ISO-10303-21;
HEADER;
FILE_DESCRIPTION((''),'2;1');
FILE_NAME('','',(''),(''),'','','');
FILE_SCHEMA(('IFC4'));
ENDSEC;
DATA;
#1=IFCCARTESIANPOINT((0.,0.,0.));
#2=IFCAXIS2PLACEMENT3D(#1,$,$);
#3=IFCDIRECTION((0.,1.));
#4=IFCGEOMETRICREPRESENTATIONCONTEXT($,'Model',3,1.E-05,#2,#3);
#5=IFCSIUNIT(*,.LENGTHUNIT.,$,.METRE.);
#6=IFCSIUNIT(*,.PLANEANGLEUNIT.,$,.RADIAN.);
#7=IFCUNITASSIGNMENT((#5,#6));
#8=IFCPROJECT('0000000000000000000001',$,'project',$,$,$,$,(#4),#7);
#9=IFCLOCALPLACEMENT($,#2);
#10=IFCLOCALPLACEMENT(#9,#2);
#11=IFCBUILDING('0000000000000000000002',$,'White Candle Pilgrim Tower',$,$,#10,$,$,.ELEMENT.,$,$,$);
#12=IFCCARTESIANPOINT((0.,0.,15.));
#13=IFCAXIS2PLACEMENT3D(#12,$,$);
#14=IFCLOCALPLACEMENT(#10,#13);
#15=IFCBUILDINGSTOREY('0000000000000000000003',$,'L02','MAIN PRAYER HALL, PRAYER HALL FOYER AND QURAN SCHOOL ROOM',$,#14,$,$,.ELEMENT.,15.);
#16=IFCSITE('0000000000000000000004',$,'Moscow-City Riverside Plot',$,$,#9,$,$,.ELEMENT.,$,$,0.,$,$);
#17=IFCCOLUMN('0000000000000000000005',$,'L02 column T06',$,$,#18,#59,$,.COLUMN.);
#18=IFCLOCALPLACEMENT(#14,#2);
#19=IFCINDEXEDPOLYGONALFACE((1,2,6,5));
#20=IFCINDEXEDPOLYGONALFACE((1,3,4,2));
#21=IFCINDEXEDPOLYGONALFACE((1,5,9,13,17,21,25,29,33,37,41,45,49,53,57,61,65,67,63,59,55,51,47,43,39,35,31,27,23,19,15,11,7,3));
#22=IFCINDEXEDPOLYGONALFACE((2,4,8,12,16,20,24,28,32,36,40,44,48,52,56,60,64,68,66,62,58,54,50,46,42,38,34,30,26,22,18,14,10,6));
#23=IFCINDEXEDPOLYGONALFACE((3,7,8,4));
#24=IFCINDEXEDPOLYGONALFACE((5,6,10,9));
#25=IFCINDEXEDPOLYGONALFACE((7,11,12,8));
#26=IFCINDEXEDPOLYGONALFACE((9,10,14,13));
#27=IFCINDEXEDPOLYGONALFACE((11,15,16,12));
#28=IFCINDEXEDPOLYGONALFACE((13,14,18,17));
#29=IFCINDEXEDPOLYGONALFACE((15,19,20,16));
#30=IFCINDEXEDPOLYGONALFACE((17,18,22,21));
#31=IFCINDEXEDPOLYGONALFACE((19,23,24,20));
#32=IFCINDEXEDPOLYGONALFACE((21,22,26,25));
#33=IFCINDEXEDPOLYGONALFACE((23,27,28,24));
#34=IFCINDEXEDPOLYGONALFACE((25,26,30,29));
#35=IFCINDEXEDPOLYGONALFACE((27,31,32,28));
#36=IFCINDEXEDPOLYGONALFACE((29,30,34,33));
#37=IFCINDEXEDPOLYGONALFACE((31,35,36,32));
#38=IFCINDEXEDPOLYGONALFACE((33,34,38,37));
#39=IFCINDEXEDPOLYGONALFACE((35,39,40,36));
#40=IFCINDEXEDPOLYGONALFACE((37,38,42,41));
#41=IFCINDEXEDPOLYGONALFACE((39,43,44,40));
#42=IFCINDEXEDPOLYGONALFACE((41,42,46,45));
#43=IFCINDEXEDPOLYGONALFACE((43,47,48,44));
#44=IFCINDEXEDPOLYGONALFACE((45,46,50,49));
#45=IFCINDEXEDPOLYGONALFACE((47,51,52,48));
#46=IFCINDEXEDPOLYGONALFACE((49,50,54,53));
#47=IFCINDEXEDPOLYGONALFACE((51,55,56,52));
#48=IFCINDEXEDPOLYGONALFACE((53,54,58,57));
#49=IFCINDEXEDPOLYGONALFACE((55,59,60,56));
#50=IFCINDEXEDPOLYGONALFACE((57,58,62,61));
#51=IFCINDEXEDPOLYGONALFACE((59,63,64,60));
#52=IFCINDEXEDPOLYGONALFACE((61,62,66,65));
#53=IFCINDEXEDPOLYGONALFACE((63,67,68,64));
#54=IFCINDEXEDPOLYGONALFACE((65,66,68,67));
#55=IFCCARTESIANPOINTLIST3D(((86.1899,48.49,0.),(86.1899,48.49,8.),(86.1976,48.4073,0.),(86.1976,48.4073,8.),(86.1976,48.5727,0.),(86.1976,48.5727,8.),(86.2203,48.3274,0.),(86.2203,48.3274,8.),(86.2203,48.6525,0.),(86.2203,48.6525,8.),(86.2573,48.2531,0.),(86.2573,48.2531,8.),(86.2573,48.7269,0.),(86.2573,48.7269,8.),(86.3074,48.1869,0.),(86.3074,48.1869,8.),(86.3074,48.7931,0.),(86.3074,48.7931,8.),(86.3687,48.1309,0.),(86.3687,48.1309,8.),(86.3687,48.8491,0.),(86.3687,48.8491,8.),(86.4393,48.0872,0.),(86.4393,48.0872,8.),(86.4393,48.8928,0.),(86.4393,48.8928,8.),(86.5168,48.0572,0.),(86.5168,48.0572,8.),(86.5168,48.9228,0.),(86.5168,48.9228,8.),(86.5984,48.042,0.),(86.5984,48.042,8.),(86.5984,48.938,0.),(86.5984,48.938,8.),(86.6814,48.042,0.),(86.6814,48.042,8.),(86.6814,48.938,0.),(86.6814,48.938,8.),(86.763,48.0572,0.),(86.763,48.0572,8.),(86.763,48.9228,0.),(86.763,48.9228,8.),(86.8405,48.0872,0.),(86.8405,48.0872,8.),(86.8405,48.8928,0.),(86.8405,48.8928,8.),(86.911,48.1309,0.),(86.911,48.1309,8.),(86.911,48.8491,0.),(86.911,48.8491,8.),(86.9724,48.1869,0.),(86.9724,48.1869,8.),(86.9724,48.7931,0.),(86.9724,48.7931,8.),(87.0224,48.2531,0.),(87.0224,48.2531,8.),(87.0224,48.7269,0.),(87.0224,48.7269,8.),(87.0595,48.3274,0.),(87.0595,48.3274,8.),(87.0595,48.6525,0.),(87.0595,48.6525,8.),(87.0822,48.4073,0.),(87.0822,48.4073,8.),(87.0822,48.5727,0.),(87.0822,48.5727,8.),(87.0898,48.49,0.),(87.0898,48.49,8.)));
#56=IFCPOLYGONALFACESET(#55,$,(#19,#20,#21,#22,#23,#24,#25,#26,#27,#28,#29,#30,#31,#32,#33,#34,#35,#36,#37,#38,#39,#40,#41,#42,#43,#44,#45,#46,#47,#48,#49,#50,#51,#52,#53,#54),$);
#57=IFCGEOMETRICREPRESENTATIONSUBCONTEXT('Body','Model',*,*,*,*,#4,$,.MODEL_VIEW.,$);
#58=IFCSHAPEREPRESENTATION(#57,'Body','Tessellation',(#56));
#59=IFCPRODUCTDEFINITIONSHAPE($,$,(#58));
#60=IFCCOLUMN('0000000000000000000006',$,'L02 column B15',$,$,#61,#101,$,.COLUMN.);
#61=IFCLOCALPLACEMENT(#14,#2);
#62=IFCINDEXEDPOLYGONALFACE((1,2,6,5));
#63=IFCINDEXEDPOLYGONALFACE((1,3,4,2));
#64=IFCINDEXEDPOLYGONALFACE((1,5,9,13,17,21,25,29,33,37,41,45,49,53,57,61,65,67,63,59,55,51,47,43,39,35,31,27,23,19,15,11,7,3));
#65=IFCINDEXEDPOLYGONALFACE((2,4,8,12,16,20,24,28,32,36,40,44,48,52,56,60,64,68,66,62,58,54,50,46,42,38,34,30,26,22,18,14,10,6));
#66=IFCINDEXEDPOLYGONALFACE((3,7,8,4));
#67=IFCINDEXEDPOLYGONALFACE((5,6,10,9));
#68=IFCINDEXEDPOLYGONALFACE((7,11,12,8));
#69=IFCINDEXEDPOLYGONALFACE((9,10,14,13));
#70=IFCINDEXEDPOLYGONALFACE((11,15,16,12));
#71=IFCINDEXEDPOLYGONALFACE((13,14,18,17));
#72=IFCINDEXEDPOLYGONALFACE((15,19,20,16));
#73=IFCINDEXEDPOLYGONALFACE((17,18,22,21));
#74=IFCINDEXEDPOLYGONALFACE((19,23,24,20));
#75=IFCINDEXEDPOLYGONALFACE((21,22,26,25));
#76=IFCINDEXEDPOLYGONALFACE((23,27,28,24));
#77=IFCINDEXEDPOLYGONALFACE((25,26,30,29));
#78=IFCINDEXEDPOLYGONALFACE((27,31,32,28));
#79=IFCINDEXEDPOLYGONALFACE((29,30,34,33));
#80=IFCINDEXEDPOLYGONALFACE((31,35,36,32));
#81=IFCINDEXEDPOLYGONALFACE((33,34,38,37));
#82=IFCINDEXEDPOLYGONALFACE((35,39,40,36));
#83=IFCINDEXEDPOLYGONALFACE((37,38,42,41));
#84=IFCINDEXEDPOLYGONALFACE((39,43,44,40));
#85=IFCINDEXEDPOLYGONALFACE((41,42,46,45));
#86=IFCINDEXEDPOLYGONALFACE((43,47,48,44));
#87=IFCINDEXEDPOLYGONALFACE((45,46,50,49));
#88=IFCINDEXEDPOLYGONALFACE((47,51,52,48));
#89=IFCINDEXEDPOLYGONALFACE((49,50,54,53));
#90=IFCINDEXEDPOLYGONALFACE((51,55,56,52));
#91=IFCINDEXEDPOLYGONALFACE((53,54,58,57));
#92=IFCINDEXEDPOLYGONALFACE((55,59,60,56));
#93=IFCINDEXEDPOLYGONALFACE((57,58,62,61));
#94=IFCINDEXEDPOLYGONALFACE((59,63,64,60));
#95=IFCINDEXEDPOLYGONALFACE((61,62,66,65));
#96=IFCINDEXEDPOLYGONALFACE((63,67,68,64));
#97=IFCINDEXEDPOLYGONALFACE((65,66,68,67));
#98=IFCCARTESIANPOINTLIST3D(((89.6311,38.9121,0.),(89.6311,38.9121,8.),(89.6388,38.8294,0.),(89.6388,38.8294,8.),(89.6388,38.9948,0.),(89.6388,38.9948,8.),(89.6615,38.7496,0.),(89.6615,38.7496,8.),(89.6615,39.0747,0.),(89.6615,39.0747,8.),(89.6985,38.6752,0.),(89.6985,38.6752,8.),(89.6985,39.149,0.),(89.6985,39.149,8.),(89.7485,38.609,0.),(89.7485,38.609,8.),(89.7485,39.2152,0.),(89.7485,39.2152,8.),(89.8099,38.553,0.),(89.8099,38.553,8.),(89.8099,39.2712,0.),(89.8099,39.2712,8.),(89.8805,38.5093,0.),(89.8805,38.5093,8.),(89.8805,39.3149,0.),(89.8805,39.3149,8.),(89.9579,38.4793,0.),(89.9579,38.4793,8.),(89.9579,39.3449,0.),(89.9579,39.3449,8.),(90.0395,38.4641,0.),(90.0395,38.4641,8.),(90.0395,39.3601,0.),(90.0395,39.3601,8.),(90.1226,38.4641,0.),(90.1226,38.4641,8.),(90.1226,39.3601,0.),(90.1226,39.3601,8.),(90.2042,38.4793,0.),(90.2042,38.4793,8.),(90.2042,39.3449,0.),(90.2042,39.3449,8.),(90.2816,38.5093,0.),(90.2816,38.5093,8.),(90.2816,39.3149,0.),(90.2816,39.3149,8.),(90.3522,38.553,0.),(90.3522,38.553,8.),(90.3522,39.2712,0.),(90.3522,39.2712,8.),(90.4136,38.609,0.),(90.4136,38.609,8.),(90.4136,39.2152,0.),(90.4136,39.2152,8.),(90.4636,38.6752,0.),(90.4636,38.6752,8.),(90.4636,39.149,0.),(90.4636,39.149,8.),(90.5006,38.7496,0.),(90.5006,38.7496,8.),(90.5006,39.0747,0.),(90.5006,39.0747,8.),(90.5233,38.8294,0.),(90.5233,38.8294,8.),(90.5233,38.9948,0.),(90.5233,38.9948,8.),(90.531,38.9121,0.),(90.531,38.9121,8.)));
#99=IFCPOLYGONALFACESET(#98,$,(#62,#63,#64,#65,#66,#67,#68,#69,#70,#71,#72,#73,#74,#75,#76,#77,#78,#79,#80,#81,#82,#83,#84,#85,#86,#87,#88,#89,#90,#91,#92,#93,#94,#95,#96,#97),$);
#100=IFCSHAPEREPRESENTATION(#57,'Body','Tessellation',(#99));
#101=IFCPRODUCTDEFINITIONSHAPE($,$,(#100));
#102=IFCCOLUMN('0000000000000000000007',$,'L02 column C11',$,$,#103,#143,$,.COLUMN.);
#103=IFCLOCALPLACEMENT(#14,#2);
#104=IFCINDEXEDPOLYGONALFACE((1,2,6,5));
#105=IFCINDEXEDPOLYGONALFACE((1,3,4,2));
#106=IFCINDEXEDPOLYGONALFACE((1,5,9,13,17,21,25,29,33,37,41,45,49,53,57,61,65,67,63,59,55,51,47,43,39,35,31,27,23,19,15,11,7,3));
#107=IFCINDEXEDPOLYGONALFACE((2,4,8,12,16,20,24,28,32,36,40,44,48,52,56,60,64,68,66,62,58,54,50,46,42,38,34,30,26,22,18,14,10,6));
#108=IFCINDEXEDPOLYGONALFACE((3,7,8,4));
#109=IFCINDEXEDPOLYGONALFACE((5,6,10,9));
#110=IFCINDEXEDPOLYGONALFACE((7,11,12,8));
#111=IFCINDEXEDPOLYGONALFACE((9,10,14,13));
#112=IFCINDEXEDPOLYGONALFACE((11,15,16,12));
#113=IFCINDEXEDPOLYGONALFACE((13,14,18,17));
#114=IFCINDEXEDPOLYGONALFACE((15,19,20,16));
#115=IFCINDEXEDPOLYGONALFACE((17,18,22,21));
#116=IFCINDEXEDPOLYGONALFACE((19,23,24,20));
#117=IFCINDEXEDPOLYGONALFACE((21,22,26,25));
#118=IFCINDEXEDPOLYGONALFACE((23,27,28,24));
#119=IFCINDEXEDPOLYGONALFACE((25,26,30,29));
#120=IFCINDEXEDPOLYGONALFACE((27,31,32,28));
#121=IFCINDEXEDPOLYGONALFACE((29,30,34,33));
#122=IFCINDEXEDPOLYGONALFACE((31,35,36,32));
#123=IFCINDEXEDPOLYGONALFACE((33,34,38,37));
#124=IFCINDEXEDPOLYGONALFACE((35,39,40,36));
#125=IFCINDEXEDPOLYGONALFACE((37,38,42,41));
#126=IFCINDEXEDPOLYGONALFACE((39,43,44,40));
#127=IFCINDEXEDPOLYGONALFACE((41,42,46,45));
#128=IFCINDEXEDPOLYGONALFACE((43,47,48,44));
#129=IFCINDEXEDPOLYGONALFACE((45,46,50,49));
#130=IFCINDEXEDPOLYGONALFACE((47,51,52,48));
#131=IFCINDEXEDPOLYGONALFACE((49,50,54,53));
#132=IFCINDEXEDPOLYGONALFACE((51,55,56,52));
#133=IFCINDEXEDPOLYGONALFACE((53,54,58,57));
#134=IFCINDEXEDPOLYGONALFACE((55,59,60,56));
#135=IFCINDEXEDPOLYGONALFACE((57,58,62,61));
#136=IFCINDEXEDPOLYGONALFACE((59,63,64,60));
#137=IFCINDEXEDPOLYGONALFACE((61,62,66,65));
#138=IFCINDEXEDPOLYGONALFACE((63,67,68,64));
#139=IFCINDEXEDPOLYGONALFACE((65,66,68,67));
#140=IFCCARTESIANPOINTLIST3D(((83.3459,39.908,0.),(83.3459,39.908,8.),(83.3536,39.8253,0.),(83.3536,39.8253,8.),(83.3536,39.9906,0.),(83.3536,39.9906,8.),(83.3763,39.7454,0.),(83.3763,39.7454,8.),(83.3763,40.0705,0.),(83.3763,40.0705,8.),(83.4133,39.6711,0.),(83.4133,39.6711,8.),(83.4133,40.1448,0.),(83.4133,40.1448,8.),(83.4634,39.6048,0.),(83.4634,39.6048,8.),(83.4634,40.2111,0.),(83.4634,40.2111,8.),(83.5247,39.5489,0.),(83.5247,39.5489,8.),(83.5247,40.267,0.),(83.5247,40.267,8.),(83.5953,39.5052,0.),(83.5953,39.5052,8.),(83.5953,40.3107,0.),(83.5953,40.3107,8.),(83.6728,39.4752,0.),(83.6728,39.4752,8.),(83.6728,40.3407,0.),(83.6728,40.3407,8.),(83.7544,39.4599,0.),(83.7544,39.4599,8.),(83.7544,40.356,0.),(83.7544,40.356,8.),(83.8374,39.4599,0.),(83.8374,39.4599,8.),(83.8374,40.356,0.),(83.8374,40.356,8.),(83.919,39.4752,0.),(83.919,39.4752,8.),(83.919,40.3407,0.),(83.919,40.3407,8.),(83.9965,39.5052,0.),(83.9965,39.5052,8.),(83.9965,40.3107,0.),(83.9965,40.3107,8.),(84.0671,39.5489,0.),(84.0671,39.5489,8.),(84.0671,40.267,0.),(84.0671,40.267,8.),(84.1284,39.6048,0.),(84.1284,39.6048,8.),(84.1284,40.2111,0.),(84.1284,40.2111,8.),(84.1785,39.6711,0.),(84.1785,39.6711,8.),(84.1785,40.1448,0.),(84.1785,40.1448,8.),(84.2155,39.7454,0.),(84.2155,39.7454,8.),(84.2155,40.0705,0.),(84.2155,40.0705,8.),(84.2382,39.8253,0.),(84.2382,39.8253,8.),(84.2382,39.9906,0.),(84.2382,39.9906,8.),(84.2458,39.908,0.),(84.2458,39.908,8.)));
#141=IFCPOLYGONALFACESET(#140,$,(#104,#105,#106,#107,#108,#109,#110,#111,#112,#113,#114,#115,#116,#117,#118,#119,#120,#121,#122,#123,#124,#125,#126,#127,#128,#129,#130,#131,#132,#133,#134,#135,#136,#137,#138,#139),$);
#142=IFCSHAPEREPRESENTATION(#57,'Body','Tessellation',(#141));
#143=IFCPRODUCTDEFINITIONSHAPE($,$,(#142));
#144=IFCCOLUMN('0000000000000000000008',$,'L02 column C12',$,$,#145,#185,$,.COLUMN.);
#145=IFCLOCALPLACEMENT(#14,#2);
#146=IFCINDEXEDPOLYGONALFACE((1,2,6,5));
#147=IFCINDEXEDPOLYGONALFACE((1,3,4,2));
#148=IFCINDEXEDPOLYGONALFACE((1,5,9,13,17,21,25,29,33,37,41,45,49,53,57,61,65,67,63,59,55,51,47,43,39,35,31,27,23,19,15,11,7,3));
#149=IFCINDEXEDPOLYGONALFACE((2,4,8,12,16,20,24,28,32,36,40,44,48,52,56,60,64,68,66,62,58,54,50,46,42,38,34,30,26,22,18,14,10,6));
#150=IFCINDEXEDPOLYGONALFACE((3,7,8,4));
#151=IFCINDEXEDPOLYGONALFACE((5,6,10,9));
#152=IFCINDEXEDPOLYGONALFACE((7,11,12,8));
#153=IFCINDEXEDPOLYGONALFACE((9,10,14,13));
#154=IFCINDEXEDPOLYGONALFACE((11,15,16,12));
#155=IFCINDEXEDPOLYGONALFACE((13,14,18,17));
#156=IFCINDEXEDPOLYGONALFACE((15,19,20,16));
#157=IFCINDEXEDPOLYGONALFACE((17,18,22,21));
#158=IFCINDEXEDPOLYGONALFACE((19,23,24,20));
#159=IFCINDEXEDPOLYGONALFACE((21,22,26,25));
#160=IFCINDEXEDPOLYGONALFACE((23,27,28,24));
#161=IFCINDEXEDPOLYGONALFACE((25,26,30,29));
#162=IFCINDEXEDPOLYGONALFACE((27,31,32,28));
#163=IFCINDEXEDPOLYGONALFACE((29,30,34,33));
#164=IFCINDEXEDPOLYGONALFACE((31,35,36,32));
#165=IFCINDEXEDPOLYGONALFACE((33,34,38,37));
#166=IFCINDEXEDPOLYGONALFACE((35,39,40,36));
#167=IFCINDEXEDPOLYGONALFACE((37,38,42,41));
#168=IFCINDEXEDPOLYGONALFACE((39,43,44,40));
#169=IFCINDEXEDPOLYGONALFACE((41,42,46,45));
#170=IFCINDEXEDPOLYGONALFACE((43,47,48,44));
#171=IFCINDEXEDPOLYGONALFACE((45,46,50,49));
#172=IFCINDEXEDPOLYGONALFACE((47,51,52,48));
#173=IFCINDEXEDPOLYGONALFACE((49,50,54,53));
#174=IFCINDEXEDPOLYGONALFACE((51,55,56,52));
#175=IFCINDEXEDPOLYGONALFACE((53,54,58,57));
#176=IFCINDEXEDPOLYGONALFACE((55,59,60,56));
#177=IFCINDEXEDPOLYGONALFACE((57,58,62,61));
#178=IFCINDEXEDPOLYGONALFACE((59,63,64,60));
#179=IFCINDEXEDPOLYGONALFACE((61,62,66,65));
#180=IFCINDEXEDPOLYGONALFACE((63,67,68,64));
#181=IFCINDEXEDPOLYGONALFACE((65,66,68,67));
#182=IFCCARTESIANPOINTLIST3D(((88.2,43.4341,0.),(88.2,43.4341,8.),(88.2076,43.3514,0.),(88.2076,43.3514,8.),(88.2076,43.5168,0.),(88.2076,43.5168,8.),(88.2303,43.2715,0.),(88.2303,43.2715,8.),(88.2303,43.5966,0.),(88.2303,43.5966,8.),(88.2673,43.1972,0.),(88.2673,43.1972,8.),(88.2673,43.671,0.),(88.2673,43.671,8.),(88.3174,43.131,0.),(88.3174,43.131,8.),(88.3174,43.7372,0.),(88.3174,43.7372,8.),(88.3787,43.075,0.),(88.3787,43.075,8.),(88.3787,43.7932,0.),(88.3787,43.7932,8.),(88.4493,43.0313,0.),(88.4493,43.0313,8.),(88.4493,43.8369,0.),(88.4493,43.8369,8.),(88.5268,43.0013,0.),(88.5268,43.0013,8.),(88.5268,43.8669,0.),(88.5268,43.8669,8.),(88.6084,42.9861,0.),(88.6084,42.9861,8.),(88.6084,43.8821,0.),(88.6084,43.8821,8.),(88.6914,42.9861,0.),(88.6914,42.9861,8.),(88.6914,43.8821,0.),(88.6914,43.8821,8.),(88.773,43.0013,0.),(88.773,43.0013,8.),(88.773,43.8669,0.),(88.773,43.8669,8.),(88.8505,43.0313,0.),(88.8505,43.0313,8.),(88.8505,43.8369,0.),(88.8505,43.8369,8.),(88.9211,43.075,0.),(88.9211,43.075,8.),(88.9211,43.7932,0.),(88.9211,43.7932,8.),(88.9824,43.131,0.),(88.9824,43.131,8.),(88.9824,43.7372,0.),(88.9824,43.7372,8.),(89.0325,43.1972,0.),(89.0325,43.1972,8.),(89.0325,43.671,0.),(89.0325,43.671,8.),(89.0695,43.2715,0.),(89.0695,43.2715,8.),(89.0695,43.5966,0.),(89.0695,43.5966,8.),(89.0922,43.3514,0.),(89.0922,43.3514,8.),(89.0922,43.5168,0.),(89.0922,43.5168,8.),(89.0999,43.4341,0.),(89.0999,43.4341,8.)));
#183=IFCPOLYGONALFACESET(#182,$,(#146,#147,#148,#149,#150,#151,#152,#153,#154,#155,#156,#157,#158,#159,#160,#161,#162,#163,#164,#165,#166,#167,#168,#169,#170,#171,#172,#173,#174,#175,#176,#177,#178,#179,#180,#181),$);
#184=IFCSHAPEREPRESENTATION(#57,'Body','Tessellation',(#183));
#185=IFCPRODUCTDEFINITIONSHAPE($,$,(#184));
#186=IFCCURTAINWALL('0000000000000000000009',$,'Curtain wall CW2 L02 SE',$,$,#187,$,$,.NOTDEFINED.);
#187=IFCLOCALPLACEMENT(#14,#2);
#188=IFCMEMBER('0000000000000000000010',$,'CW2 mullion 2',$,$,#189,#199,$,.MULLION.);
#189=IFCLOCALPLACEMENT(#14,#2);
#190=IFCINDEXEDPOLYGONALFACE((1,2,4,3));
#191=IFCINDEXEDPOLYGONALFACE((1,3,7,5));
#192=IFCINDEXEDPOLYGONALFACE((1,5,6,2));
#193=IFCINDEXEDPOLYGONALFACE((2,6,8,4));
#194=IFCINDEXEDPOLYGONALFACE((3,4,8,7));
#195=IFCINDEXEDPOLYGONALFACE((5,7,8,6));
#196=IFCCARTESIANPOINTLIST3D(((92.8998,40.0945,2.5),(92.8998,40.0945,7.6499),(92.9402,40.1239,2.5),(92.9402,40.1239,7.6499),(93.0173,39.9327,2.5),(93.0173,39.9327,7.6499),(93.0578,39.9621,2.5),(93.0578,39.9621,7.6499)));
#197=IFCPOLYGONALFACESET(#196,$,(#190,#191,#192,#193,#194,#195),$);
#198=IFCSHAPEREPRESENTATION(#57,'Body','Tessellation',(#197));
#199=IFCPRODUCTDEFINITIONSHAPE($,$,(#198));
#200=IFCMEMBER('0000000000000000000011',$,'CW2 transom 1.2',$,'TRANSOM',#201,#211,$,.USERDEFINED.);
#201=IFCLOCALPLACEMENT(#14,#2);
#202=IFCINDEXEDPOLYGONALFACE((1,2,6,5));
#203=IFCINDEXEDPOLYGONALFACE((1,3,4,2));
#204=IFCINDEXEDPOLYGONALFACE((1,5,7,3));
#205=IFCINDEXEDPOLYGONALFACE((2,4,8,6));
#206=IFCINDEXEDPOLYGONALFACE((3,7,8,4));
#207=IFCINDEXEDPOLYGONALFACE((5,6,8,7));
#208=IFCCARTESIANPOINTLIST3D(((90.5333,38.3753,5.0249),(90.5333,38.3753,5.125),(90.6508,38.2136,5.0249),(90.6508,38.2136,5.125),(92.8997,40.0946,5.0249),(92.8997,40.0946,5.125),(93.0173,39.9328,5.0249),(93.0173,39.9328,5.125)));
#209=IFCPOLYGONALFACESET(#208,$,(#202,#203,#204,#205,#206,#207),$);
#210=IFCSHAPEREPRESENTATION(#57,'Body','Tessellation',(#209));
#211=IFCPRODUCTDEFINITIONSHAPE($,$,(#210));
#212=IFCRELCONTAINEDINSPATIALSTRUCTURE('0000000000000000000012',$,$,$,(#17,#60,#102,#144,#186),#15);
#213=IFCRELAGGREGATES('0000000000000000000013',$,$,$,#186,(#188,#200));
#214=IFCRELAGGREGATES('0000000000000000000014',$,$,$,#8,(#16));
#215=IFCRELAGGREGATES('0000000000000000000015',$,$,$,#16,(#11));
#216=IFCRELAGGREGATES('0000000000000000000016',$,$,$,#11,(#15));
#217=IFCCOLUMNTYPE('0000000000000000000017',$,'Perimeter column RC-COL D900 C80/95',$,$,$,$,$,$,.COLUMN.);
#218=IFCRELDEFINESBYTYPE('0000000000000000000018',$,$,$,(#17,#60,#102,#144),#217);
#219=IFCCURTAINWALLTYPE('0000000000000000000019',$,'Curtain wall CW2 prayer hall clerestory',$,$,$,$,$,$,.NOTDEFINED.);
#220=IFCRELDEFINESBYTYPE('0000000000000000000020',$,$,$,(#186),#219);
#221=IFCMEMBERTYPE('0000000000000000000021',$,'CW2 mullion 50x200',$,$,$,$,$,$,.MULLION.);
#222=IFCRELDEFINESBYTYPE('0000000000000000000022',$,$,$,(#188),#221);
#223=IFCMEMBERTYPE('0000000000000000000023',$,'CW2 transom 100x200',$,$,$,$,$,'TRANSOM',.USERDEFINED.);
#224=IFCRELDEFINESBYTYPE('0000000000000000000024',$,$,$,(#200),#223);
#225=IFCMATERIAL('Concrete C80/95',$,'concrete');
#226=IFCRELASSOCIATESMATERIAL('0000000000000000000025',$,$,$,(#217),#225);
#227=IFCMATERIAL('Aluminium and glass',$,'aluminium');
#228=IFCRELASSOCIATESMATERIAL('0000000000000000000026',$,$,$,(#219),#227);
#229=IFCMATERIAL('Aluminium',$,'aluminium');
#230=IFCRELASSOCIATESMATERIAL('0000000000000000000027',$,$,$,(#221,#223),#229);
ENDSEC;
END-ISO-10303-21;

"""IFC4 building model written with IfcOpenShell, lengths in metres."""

from ifc_helpers import new_model, si_unit, direction, frame, origin, origin_2d, place, context, subcontext, project, spatial, rectangle, circle, extrude, material, material_profile, profile_set, type_object, element, aggregate, save


model = new_model("IFC4")

# Units and contexts
model_context = context("Model", 3, precision=1e-05, world=origin(), true_north=direction((0.0, 1.0)))
body_context = subcontext(model_context, "Body", "Model", "MODEL_VIEW")
ifc_project = project(units=[si_unit("LENGTHUNIT", "METRE"), si_unit("PLANEANGLEUNIT", "RADIAN")], contexts=[model_context])

# Site, building, storey
site_placement = place(None, origin())
site = spatial("IfcSite", under=ifc_project, at=site_placement, Name="Moscow-City Riverside Plot", CompositionType="ELEMENT", RefElevation=0.0)
building_placement = place(site_placement, origin())
building = spatial("IfcBuilding", under=site, at=building_placement, Name="White Candle Pilgrim Tower", CompositionType="ELEMENT")
storey_placement = place(building_placement, frame((0.0, 0.0, 15.0)))
storey = spatial("IfcBuildingStorey", under=building, at=storey_placement, Name="L02", Description="MAIN PRAYER HALL, PRAYER HALL FOYER AND QURAN SCHOOL ROOM", CompositionType="ELEMENT", Elevation=15.0)

# Columns
ifc_material_1 = material(Name="Concrete C80/95", Category="concrete")
ifc_material_profile_1 = material_profile(ifc_material_1, circle(Radius=0.45, at=origin_2d()), Name="RC-COL D900")
ifc_profile_set_1 = profile_set([ifc_material_profile_1], Name="Concrete C80/95")
column_type = type_object("IfcColumnType", Name="Perimeter column RC-COL D900 C80/95", PredefinedType="COLUMN", material=ifc_profile_set_1)
for number, where, z_axis, x_axis, name in (
    (1, (86.6399, 48.49, 0.0), (0.0, 0.0, 1.0), (1.0, 0.0, 0.0), "L02 column T06"),
    (2, (90.0811, 38.9121, 0.0), (0.0, 0.0, 1.0), (1.0, 0.0, 0.0), "L02 column B15"),
    (3, (83.7959, 39.908, 0.0), (0.0, 0.0, 1.0), (1.0, 0.0, 0.0), "L02 column C11"),
    (4, (88.6499, 43.4341, 0.0), (0.0, 0.0, 1.0), (1.0, 0.0, 0.0), "L02 column C12"),
):
    element("IfcColumn", number, at=place(storey_placement, frame(where, z_axis=z_axis, x_axis=x_axis)), inside=storey, type_object=column_type, Name=name, PredefinedType="COLUMN", context=body_context, shape_type="SweptSolid", body=[
        extrude(circle(Radius=0.45, at=origin_2d()), origin(), (0.0, 0.0, 1.0), 8.0),
    ])

# Curtain wall, members
ifc_material_2 = material(Name="Aluminium and glass", Category="aluminium")
curtain_wall_type = type_object("IfcCurtainWallType", Name="Curtain wall CW2 prayer hall clerestory", PredefinedType="NOTDEFINED", material=ifc_material_2)
curtain_wall_placement = place(storey_placement, origin())
curtain_wall = element("IfcCurtainWall", 5, at=curtain_wall_placement, inside=storey, type_object=curtain_wall_type, Name="Curtain wall CW2 L02 SE", PredefinedType="NOTDEFINED")
ifc_material_3 = material(Name="Aluminium", Category="aluminium")
ifc_material_profile_2 = material_profile(ifc_material_3, rectangle(XDim=0.2, YDim=0.05, at=origin_2d()), Name="CW2 mullion 50x200")
ifc_profile_set_2 = profile_set([ifc_material_profile_2], Name="Aluminium")
member_type_1 = type_object("IfcMemberType", Name="CW2 mullion 50x200", PredefinedType="MULLION", material=ifc_profile_set_2)
member_1_placement = place(storey_placement, frame((92.9788, 40.0283, 2.5), z_axis=(0.0, 0.0, 1.0), x_axis=(-0.587785, 0.809017, 0.0)))
member_1 = element("IfcMember", 6, at=member_1_placement, type_object=member_type_1, Name="CW2 mullion 2", PredefinedType="MULLION", context=body_context, shape_type="SweptSolid", body=[
    extrude(rectangle(XDim=0.2, YDim=0.05, at=origin_2d()), origin(), (0.0, 0.0, 1.0), 5.1499),
])
ifc_material_profile_3 = material_profile(ifc_material_3, rectangle(XDim=0.2, YDim=0.1001, at=origin_2d()), Name="CW2 transom 100x200")
ifc_profile_set_3 = profile_set([ifc_material_profile_3], Name="Aluminium")
member_type_2 = type_object("IfcMemberType", Name="CW2 transom 100x200", ElementType="TRANSOM", PredefinedType="USERDEFINED", material=ifc_profile_set_3)
member_2_placement = place(storey_placement, frame((90.592, 38.2944, 5.075), z_axis=(0.809032, 0.587765, 0.0), x_axis=(-0.587765, 0.809032, 0.0)))
member_2 = element("IfcMember", 7, at=member_2_placement, type_object=member_type_2, Name="CW2 transom 1.2", ObjectType="TRANSOM", PredefinedType="USERDEFINED", context=body_context, shape_type="SweptSolid", body=[
    extrude(rectangle(XDim=0.2, YDim=0.1001, at=origin_2d()), origin(), (0.0, 0.0, 1.0), 2.925),
])

aggregate(curtain_wall, [member_1, member_2])

save(model, "model.ifc")
